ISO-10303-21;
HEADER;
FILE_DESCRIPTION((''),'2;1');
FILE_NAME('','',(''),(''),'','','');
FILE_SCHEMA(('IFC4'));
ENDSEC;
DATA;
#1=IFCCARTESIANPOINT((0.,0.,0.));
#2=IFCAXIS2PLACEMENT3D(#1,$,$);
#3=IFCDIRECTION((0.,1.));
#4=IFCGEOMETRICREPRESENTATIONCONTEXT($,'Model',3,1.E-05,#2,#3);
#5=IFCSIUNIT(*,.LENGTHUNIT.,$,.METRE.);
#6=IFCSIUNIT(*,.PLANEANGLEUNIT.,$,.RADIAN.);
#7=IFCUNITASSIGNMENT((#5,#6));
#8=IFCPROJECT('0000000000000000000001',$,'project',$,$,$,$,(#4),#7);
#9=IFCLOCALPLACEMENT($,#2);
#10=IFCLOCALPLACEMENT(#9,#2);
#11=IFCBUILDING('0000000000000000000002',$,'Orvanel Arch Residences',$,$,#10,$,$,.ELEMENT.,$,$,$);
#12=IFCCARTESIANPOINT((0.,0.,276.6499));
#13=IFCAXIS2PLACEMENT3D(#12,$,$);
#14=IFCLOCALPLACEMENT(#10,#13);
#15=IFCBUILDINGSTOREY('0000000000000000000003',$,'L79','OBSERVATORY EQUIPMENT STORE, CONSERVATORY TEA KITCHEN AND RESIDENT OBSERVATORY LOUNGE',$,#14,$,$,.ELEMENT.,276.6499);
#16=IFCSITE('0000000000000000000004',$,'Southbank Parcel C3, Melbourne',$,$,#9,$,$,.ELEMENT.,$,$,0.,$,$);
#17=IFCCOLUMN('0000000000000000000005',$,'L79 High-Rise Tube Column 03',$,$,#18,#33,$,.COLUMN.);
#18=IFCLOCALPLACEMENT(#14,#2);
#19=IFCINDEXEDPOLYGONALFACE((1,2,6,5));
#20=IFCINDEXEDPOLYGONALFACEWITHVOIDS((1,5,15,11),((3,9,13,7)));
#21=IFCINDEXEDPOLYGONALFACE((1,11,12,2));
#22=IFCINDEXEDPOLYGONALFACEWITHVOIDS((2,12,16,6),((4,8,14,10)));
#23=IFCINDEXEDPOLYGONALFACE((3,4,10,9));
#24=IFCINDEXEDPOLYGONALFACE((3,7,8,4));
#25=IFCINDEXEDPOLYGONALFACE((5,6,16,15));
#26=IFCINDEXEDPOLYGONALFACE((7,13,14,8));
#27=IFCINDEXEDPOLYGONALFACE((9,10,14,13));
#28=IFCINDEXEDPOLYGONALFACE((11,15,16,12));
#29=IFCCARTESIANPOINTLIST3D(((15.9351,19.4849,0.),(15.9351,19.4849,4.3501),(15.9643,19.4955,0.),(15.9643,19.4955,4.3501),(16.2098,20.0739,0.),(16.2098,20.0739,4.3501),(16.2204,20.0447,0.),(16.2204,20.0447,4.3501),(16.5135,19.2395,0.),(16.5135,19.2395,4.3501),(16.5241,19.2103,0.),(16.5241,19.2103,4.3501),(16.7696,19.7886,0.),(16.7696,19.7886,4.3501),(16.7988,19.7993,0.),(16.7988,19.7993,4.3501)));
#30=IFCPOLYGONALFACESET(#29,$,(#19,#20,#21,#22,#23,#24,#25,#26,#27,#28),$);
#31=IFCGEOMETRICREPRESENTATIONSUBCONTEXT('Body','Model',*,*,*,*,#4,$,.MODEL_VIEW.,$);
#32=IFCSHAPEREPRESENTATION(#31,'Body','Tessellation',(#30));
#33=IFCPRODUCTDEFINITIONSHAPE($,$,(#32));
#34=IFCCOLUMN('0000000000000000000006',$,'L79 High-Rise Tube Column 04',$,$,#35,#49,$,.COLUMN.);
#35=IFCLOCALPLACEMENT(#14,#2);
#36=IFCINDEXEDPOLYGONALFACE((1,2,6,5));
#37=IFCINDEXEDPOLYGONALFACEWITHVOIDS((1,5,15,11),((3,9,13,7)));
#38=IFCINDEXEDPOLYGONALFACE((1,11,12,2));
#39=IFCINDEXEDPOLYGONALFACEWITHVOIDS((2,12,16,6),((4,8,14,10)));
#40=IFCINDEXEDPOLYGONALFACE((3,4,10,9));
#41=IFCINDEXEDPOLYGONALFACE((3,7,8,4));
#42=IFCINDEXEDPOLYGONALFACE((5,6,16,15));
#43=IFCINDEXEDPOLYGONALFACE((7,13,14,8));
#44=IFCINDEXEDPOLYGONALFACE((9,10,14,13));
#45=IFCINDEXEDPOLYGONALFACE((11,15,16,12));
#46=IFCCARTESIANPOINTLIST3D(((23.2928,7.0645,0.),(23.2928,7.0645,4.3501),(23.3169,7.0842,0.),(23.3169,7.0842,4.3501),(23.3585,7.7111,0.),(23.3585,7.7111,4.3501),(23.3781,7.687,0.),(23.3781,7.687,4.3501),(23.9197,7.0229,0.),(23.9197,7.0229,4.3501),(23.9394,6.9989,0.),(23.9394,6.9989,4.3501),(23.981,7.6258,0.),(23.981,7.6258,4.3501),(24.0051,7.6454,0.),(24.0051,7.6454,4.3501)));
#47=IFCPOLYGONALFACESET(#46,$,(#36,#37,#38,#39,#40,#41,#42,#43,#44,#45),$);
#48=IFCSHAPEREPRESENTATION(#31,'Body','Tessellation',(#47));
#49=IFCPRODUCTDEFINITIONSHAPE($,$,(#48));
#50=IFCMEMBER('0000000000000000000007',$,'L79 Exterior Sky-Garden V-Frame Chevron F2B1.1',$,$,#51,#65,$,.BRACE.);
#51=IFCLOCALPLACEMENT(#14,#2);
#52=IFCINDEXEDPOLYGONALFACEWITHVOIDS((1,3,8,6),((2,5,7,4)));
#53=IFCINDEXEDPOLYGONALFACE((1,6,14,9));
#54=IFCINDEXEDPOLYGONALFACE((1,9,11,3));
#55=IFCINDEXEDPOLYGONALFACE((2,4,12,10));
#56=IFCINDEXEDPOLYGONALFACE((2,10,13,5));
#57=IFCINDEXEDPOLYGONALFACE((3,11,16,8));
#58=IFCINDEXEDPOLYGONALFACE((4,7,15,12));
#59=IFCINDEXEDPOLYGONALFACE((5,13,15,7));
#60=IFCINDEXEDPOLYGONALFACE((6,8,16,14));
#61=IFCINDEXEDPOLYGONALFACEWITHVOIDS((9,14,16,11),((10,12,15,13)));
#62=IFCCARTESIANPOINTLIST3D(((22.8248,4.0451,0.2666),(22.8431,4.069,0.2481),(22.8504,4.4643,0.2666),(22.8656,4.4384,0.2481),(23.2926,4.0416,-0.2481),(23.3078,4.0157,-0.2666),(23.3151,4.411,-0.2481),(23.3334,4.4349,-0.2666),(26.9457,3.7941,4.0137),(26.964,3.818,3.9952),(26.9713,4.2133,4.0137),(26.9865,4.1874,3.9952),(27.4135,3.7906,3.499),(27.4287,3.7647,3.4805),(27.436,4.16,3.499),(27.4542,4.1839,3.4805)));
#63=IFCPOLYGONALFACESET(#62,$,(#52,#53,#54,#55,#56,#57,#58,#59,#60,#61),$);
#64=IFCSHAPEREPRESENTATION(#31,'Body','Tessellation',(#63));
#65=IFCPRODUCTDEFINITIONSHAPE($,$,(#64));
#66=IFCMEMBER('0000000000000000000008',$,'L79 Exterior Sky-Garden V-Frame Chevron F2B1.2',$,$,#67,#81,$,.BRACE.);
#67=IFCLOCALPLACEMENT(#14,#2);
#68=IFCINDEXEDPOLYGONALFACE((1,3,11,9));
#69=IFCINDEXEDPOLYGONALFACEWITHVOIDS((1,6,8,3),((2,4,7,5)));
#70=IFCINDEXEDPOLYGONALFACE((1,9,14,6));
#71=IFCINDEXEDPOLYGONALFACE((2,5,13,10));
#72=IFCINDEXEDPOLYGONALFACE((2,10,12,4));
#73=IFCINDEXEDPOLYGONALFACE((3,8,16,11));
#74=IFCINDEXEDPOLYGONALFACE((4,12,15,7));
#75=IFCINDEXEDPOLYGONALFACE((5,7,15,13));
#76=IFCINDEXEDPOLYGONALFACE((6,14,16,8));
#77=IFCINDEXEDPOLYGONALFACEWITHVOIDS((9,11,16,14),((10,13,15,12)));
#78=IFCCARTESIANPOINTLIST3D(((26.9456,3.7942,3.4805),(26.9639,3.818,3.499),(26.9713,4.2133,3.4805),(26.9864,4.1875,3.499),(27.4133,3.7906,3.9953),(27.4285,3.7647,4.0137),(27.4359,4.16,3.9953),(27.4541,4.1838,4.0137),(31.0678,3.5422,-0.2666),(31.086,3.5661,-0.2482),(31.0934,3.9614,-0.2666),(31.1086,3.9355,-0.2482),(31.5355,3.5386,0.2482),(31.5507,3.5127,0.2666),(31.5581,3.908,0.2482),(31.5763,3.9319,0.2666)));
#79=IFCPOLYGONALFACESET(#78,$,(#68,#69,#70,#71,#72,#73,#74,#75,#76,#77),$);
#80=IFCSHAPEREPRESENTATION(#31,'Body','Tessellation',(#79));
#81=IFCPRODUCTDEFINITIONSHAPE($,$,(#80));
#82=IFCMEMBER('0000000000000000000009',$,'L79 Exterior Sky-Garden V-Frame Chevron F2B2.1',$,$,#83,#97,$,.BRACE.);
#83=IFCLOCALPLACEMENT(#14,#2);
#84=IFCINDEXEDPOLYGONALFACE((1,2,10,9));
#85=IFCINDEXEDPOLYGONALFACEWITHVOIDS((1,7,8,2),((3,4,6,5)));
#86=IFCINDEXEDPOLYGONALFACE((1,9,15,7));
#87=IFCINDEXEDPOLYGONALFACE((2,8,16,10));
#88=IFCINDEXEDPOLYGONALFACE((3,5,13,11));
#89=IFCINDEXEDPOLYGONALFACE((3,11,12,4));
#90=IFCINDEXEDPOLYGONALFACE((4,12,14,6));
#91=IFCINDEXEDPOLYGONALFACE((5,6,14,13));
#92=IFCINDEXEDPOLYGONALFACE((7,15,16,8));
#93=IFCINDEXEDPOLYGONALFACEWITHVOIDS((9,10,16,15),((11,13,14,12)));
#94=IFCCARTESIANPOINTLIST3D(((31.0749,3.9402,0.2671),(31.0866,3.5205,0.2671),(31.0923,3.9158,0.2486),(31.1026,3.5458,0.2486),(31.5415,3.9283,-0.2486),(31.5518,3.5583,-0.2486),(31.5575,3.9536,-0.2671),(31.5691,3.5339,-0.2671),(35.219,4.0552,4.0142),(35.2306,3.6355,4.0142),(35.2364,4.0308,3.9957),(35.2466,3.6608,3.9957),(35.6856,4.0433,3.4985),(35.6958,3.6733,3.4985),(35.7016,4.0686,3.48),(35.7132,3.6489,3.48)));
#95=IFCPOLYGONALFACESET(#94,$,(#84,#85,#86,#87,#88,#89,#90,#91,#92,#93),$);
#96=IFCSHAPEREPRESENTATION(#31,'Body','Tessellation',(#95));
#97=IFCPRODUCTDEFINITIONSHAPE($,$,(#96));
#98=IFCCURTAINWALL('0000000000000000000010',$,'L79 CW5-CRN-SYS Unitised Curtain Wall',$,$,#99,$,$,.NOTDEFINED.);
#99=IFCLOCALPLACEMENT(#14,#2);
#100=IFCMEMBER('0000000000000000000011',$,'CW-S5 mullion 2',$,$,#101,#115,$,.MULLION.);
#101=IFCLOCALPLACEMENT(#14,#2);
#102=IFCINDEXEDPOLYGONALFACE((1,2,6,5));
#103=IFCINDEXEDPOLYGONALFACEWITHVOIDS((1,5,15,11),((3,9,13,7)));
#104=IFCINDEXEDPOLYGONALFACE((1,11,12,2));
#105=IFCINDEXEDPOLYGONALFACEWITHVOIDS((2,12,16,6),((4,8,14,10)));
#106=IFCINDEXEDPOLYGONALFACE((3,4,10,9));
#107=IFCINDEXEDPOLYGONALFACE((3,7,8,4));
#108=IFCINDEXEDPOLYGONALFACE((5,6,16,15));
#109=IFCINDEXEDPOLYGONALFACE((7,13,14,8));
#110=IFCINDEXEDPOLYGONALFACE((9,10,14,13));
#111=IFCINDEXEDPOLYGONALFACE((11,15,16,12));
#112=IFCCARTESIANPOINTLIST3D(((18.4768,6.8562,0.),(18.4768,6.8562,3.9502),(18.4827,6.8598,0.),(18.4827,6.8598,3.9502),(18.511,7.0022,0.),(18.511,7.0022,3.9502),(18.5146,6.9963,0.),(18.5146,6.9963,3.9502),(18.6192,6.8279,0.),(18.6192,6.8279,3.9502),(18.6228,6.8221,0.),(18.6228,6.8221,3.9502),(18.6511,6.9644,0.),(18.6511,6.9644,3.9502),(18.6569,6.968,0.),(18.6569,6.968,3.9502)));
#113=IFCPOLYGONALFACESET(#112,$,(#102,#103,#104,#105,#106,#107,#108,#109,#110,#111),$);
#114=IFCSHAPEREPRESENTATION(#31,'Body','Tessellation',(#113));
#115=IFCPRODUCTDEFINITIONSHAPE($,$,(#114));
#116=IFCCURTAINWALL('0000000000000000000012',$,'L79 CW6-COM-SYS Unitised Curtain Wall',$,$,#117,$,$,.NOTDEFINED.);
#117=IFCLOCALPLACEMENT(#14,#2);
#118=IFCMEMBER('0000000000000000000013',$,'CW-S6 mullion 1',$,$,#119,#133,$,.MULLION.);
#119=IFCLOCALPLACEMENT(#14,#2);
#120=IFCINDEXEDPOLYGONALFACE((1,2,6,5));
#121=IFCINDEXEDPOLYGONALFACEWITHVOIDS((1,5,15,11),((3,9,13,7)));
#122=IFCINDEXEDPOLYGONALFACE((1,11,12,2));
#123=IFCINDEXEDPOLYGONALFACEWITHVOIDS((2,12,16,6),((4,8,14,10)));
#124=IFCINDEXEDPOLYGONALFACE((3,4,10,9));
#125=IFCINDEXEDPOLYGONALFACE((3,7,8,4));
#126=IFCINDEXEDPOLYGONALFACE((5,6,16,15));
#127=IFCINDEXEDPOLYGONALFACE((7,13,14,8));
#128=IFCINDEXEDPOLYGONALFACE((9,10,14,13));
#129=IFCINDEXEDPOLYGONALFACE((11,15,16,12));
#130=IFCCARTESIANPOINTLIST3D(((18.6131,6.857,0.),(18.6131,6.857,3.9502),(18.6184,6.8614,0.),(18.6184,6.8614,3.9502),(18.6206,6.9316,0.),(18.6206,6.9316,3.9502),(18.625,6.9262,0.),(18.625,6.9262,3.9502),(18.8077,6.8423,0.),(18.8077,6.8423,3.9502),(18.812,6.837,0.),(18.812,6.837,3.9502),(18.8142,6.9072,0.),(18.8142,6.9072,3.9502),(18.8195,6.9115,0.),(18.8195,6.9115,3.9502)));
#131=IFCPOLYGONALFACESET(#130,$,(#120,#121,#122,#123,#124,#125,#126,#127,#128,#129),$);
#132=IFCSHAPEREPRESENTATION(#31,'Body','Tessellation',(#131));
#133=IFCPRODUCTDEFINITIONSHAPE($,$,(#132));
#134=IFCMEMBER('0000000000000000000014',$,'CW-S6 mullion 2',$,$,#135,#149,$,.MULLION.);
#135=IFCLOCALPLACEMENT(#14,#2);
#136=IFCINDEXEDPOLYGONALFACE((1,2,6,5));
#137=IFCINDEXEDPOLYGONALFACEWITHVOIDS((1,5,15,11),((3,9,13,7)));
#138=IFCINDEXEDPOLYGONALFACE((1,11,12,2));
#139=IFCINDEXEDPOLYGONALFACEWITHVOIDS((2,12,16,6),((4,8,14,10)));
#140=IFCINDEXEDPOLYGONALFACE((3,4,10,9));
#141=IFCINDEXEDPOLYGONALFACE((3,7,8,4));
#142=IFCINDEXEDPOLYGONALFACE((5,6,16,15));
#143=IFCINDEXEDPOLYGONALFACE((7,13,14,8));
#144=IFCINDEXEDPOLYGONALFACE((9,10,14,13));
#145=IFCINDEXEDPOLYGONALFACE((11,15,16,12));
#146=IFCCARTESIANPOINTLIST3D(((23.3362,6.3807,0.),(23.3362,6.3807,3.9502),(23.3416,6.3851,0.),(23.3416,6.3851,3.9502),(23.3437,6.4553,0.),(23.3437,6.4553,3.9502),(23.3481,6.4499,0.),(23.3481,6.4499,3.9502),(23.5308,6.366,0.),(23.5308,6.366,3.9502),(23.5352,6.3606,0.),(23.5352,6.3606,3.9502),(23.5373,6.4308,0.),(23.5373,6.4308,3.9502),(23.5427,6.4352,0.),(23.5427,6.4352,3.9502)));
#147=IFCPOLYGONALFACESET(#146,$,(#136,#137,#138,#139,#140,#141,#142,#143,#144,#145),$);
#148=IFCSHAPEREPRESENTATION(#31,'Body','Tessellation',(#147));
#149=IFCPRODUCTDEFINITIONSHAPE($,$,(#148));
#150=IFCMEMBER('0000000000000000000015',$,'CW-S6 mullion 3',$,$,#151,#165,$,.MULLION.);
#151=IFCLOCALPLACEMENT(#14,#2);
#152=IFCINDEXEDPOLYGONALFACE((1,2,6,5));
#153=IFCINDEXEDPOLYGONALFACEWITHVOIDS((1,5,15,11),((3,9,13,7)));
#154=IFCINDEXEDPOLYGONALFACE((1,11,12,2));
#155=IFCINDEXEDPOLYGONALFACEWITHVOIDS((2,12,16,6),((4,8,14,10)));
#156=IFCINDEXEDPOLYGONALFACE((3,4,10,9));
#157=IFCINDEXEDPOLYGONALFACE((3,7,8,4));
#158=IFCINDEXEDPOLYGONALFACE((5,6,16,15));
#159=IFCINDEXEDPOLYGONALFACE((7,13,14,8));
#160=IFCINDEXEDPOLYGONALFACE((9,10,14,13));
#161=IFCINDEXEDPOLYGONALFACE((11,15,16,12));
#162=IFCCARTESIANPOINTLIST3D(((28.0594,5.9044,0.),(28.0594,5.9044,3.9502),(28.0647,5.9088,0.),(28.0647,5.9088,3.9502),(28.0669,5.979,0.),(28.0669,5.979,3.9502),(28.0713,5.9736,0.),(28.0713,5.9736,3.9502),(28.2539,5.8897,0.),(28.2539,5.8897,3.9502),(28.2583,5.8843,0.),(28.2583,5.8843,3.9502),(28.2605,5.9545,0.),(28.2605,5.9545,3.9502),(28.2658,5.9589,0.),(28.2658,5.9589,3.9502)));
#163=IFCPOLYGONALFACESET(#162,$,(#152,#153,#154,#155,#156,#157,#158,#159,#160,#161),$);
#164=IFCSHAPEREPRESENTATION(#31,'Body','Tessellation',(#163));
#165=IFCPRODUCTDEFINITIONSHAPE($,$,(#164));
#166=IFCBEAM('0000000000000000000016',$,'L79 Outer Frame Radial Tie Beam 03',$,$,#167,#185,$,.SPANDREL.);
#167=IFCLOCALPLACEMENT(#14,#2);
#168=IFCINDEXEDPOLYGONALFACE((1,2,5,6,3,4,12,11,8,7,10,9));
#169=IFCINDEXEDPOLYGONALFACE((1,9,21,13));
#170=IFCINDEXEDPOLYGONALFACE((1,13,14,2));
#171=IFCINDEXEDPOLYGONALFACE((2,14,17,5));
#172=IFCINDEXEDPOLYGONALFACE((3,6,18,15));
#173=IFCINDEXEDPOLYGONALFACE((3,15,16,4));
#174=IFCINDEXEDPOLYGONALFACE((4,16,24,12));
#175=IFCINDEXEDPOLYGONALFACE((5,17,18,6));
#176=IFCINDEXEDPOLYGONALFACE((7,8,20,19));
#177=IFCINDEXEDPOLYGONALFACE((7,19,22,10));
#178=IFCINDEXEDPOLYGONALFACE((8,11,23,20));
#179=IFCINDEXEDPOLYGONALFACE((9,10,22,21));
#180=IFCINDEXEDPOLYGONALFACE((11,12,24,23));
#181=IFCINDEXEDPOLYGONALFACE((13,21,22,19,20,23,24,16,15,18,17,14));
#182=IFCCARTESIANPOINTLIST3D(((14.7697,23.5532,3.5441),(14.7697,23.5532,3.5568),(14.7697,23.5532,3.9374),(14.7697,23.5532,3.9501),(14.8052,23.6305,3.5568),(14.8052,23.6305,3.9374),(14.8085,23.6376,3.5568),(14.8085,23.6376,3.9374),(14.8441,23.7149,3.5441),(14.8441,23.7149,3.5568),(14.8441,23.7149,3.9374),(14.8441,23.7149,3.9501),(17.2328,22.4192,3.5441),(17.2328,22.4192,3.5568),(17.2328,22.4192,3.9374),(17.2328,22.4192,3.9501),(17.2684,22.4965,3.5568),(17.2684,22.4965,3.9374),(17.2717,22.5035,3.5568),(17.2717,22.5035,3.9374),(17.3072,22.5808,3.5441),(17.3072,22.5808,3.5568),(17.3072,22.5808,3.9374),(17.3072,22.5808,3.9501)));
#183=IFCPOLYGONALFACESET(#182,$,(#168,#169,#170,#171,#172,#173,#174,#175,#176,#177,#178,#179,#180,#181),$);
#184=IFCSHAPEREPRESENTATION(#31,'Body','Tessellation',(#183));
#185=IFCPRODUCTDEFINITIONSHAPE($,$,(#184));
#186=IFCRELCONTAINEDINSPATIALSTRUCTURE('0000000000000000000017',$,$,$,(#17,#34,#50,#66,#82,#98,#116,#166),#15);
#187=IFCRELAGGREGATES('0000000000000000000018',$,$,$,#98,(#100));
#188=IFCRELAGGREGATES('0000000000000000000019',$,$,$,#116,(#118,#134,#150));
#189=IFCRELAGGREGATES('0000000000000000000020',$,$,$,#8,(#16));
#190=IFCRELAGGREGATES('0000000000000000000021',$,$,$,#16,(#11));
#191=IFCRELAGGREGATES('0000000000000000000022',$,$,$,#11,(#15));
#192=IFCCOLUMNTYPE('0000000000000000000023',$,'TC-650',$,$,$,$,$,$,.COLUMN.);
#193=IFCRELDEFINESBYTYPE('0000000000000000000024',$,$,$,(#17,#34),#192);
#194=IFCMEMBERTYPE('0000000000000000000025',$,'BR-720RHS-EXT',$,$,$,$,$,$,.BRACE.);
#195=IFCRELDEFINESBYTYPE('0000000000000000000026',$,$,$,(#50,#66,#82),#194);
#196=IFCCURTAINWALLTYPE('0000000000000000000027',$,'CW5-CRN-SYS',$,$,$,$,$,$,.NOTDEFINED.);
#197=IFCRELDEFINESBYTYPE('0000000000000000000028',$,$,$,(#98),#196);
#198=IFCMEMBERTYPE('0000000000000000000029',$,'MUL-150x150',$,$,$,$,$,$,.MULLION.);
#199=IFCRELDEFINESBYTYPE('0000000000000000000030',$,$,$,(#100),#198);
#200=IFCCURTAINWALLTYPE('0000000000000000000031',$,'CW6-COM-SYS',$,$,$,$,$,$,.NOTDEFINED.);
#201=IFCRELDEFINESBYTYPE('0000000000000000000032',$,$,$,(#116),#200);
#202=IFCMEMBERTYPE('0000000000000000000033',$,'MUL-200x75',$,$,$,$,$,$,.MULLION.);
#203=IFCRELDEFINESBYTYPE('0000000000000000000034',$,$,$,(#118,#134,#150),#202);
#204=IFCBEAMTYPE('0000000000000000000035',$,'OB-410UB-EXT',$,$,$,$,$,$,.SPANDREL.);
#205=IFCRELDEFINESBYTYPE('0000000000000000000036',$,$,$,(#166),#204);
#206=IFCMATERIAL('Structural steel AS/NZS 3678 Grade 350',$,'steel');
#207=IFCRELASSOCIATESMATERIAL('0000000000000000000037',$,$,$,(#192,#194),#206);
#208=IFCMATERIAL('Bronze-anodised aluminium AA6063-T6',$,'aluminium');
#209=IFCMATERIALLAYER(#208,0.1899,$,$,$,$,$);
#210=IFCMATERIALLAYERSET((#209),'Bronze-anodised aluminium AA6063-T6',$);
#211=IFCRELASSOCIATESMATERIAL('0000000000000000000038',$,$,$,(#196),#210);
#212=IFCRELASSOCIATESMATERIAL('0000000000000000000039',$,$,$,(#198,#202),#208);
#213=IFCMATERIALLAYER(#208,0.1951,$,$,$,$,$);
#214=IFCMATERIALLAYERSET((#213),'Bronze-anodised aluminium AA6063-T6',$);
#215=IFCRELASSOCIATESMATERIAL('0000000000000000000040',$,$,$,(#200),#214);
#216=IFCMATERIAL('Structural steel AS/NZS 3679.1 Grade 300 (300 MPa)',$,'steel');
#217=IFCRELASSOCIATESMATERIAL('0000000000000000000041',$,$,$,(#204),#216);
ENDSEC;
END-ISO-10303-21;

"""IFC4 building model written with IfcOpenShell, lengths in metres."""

from ifc_helpers import new_model, si_unit, direction, frame, origin, origin_2d, place, context, subcontext, project, spatial, hollow_rectangle, i_section, extrude, material, layer, layer_set, material_profile, profile_set, type_object, element, aggregate, save


model = new_model("IFC4")

# Units and contexts
model_context = context("Model", 3, precision=1e-05, world=origin(), true_north=direction((0.0, 1.0)))
body_context = subcontext(model_context, "Body", "Model", "MODEL_VIEW")
ifc_project = project(units=[si_unit("LENGTHUNIT", "METRE"), si_unit("PLANEANGLEUNIT", "RADIAN")], contexts=[model_context])

# Site, building, storey
site_placement = place(None, origin())
site = spatial("IfcSite", under=ifc_project, at=site_placement, Name="Southbank Parcel C3, Melbourne", CompositionType="ELEMENT", RefElevation=0.0)
building_placement = place(site_placement, origin())
building = spatial("IfcBuilding", under=site, at=building_placement, Name="Orvanel Arch Residences", CompositionType="ELEMENT")
storey_placement = place(building_placement, frame((0.0, 0.0, 276.6499)))
storey = spatial("IfcBuildingStorey", under=building, at=storey_placement, Name="L79", Description="OBSERVATORY EQUIPMENT STORE, CONSERVATORY TEA KITCHEN AND RESIDENT OBSERVATORY LOUNGE", CompositionType="ELEMENT", Elevation=276.6499)

# Columns
ifc_material_1 = material(Name="Structural steel AS/NZS 3678 Grade 350", Category="steel")
ifc_material_profile_1 = material_profile(ifc_material_1, hollow_rectangle(XDim=0.6499, YDim=0.6499, WallThickness=0.022, at=origin_2d()), Name="BOX650x650x22")
ifc_profile_set_1 = profile_set([ifc_material_profile_1], Name="Structural steel AS/NZS 3678 Grade 350")
column_type = type_object("IfcColumnType", Name="TC-650", PredefinedType="COLUMN", material=ifc_profile_set_1)
for number, where, z_axis, x_axis, name in (
    (1, (16.3669, 19.6421, 0.0), (0.0, 0.0, 1.0), (0.422618, 0.906308, 0.0), "L79 High-Rise Tube Column 03"),
    (2, (23.6489, 7.355, 0.0), (0.0, 0.0, 1.0), (-0.994881, 0.101056, 0.0), "L79 High-Rise Tube Column 04"),
):
    element("IfcColumn", number, at=place(storey_placement, frame(where, z_axis=z_axis, x_axis=x_axis)), inside=storey, type_object=column_type, Name=name, PredefinedType="COLUMN", context=body_context, shape_type="SweptSolid", body=[
        extrude(hollow_rectangle(XDim=0.6499, YDim=0.6499, WallThickness=0.022, at=origin_2d()), origin(), (0.0, 0.0, 1.0), 4.3501),
    ])

# Members
ifc_material_profile_2 = material_profile(ifc_material_1, hollow_rectangle(XDim=0.4199, YDim=0.72, WallThickness=0.0249, at=origin_2d()), Name="RHS720x420x25")
ifc_profile_set_2 = profile_set([ifc_material_profile_2], Name="Structural steel AS/NZS 3678 Grade 350")
member_type_1 = type_object("IfcMemberType", Name="BR-720RHS-EXT", PredefinedType="BRACE", material=ifc_profile_set_2)
member_1_placement = place(storey_placement, frame((23.0791, 4.24, 0.0), z_axis=(0.739115, -0.045015, 0.672074), x_axis=(0.060791, 0.99815, 0.0)))
element("IfcMember", 3, at=member_1_placement, inside=storey, type_object=member_type_1, Name="L79 Exterior Sky-Garden V-Frame Chevron F2B1.1", PredefinedType="BRACE", context=body_context, shape_type="SweptSolid", body=[
    extrude(hollow_rectangle(XDim=0.4199, YDim=0.72, WallThickness=0.0249, at=origin_2d()), origin(), (0.0, 0.0, 1.0), 5.5754),
])
member_2_placement = place(storey_placement, frame((31.322, 3.7371, 0.0), z_axis=(-0.739208, 0.045183, 0.67196), x_axis=(-0.061009, -0.998137, 0.0)))
element("IfcMember", 4, at=member_2_placement, inside=storey, type_object=member_type_1, Name="L79 Exterior Sky-Garden V-Frame Chevron F2B1.2", PredefinedType="BRACE", context=body_context, shape_type="SweptSolid", body=[
    extrude(hollow_rectangle(XDim=0.4199, YDim=0.72, WallThickness=0.0249, at=origin_2d()), origin(), (0.0, 0.0, 1.0), 5.5764),
])
member_3_placement = place(storey_placement, frame((31.322, 3.7371, 0.0), z_axis=(0.741584, 0.020578, 0.670545), x_axis=(-0.027738, 0.999615, 0.0)))
element("IfcMember", 5, at=member_3_placement, inside=storey, type_object=member_type_1, Name="L79 Exterior Sky-Garden V-Frame Chevron F2B2.1", PredefinedType="BRACE", context=body_context, shape_type="SweptSolid", body=[
    extrude(hollow_rectangle(XDim=0.4199, YDim=0.72, WallThickness=0.0249, at=origin_2d()), origin(), (0.0, 0.0, 1.0), 5.5881),
])

# Curtain wall, member
ifc_material_2 = material(Name="Bronze-anodised aluminium AA6063-T6", Category="aluminium")
ifc_layer_1 = layer(ifc_material_2, 0.1899)
ifc_layer_set_1 = layer_set([ifc_layer_1], Name="Bronze-anodised aluminium AA6063-T6")
curtain_wall_type_1 = type_object("IfcCurtainWallType", Name="CW5-CRN-SYS", PredefinedType="NOTDEFINED", material=ifc_layer_set_1)
curtain_wall_1_placement = place(storey_placement, origin())
curtain_wall_1 = element("IfcCurtainWall", 6, at=curtain_wall_1_placement, inside=storey, type_object=curtain_wall_type_1, Name="L79 CW5-CRN-SYS Unitised Curtain Wall", PredefinedType="NOTDEFINED")
ifc_material_profile_3 = material_profile(ifc_material_2, hollow_rectangle(XDim=0.1499, YDim=0.1499, WallThickness=0.0049, at=origin_2d()), Name="ALU150x150x5")
ifc_profile_set_3 = profile_set([ifc_material_profile_3], Name="Bronze-anodised aluminium AA6063-T6")
member_type_2 = type_object("IfcMemberType", Name="MUL-150x150", PredefinedType="MULLION", material=ifc_profile_set_3)
member_4_placement = place(storey_placement, frame((18.5669, 6.9121, 0.0), z_axis=(0.0, 0.0, 1.0), x_axis=(0.227682, 0.973735, 0.0)))
member_4 = element("IfcMember", 7, at=member_4_placement, type_object=member_type_2, Name="CW-S5 mullion 2", PredefinedType="MULLION", context=body_context, shape_type="SweptSolid", body=[
    extrude(hollow_rectangle(XDim=0.1499, YDim=0.1499, WallThickness=0.0049, at=origin_2d()), origin(), (0.0, 0.0, 1.0), 3.9502),
])
aggregate(curtain_wall_1, [member_4])

# Curtain wall, members
ifc_layer_2 = layer(ifc_material_2, 0.1951)
ifc_layer_set_2 = layer_set([ifc_layer_2], Name="Bronze-anodised aluminium AA6063-T6")
curtain_wall_type_2 = type_object("IfcCurtainWallType", Name="CW6-COM-SYS", PredefinedType="NOTDEFINED", material=ifc_layer_set_2)
curtain_wall_2_placement = place(storey_placement, origin())
curtain_wall_2 = element("IfcCurtainWall", 8, at=curtain_wall_2_placement, inside=storey, type_object=curtain_wall_type_2, Name="L79 CW6-COM-SYS Unitised Curtain Wall", PredefinedType="NOTDEFINED")
ifc_material_profile_4 = material_profile(ifc_material_2, hollow_rectangle(XDim=0.075, YDim=0.2, WallThickness=0.0049, at=origin_2d()), Name="ALU200x75x5")
ifc_profile_set_4 = profile_set([ifc_material_profile_4], Name="Bronze-anodised aluminium AA6063-T6")
member_type_3 = type_object("IfcMemberType", Name="MUL-200x75", PredefinedType="MULLION", material=ifc_profile_set_4)
member_5_placement = place(storey_placement, frame((18.7163, 6.8843, 0.0), z_axis=(0.0, 0.0, 1.0), x_axis=(0.100321, 0.994955, 0.0)))
member_5 = element("IfcMember", 9, at=member_5_placement, type_object=member_type_3, Name="CW-S6 mullion 1", PredefinedType="MULLION", context=body_context, shape_type="SweptSolid", body=[
    extrude(hollow_rectangle(XDim=0.075, YDim=0.2, WallThickness=0.0049, at=origin_2d()), origin(), (0.0, 0.0, 1.0), 3.9502),
])
member_6_placement = place(storey_placement, frame((23.4395, 6.408, 0.0), z_axis=(0.0, 0.0, 1.0), x_axis=(0.100321, 0.994955, 0.0)))
member_6 = element("IfcMember", 10, at=member_6_placement, type_object=member_type_3, Name="CW-S6 mullion 2", PredefinedType="MULLION", context=body_context, shape_type="SweptSolid", body=[
    extrude(hollow_rectangle(XDim=0.075, YDim=0.2, WallThickness=0.0049, at=origin_2d()), origin(), (0.0, 0.0, 1.0), 3.9502),
])
member_7_placement = place(storey_placement, frame((28.1626, 5.9316, 0.0), z_axis=(0.0, 0.0, 1.0), x_axis=(0.100321, 0.994955, 0.0)))
member_7 = element("IfcMember", 11, at=member_7_placement, type_object=member_type_3, Name="CW-S6 mullion 3", PredefinedType="MULLION", context=body_context, shape_type="SweptSolid", body=[
    extrude(hollow_rectangle(XDim=0.075, YDim=0.2, WallThickness=0.0049, at=origin_2d()), origin(), (0.0, 0.0, 1.0), 3.9502),
])

# Beam
ifc_material_3 = material(Name="Structural steel AS/NZS 3679.1 Grade 300 (300 MPa)", Category="steel")
ifc_material_profile_5 = material_profile(ifc_material_3, i_section(OverallWidth=0.178, OverallDepth=0.406, WebThickness=0.0078, FlangeThickness=0.0127, at=origin_2d()), Name="410UB59.7")
ifc_profile_set_5 = profile_set([ifc_material_profile_5], Name="Structural steel AS/NZS 3679.1 Grade 300 (300 MPa)")
beam_type_1 = type_object("IfcBeamType", Name="OB-410UB-EXT", PredefinedType="SPANDREL", material=ifc_profile_set_5)
beam_1_placement = place(storey_placement, frame((17.27, 22.5, 3.7471), z_axis=(-0.908352, 0.418207, 0.0), x_axis=(-0.418207, -0.908352, 0.0)))
element("IfcBeam", 12, at=beam_1_placement, inside=storey, type_object=beam_type_1, Name="L79 Outer Frame Radial Tie Beam 03", PredefinedType="SPANDREL", context=body_context, shape_type="SweptSolid", body=[
    extrude(i_section(OverallWidth=0.178, OverallDepth=0.406, WebThickness=0.0078, FlangeThickness=0.0127, at=origin_2d()), origin(), (0.0, 0.0, 1.0), 2.7117),
])

aggregate(curtain_wall_2, [member_5, member_6, member_7])

save(model, "model.ifc")
